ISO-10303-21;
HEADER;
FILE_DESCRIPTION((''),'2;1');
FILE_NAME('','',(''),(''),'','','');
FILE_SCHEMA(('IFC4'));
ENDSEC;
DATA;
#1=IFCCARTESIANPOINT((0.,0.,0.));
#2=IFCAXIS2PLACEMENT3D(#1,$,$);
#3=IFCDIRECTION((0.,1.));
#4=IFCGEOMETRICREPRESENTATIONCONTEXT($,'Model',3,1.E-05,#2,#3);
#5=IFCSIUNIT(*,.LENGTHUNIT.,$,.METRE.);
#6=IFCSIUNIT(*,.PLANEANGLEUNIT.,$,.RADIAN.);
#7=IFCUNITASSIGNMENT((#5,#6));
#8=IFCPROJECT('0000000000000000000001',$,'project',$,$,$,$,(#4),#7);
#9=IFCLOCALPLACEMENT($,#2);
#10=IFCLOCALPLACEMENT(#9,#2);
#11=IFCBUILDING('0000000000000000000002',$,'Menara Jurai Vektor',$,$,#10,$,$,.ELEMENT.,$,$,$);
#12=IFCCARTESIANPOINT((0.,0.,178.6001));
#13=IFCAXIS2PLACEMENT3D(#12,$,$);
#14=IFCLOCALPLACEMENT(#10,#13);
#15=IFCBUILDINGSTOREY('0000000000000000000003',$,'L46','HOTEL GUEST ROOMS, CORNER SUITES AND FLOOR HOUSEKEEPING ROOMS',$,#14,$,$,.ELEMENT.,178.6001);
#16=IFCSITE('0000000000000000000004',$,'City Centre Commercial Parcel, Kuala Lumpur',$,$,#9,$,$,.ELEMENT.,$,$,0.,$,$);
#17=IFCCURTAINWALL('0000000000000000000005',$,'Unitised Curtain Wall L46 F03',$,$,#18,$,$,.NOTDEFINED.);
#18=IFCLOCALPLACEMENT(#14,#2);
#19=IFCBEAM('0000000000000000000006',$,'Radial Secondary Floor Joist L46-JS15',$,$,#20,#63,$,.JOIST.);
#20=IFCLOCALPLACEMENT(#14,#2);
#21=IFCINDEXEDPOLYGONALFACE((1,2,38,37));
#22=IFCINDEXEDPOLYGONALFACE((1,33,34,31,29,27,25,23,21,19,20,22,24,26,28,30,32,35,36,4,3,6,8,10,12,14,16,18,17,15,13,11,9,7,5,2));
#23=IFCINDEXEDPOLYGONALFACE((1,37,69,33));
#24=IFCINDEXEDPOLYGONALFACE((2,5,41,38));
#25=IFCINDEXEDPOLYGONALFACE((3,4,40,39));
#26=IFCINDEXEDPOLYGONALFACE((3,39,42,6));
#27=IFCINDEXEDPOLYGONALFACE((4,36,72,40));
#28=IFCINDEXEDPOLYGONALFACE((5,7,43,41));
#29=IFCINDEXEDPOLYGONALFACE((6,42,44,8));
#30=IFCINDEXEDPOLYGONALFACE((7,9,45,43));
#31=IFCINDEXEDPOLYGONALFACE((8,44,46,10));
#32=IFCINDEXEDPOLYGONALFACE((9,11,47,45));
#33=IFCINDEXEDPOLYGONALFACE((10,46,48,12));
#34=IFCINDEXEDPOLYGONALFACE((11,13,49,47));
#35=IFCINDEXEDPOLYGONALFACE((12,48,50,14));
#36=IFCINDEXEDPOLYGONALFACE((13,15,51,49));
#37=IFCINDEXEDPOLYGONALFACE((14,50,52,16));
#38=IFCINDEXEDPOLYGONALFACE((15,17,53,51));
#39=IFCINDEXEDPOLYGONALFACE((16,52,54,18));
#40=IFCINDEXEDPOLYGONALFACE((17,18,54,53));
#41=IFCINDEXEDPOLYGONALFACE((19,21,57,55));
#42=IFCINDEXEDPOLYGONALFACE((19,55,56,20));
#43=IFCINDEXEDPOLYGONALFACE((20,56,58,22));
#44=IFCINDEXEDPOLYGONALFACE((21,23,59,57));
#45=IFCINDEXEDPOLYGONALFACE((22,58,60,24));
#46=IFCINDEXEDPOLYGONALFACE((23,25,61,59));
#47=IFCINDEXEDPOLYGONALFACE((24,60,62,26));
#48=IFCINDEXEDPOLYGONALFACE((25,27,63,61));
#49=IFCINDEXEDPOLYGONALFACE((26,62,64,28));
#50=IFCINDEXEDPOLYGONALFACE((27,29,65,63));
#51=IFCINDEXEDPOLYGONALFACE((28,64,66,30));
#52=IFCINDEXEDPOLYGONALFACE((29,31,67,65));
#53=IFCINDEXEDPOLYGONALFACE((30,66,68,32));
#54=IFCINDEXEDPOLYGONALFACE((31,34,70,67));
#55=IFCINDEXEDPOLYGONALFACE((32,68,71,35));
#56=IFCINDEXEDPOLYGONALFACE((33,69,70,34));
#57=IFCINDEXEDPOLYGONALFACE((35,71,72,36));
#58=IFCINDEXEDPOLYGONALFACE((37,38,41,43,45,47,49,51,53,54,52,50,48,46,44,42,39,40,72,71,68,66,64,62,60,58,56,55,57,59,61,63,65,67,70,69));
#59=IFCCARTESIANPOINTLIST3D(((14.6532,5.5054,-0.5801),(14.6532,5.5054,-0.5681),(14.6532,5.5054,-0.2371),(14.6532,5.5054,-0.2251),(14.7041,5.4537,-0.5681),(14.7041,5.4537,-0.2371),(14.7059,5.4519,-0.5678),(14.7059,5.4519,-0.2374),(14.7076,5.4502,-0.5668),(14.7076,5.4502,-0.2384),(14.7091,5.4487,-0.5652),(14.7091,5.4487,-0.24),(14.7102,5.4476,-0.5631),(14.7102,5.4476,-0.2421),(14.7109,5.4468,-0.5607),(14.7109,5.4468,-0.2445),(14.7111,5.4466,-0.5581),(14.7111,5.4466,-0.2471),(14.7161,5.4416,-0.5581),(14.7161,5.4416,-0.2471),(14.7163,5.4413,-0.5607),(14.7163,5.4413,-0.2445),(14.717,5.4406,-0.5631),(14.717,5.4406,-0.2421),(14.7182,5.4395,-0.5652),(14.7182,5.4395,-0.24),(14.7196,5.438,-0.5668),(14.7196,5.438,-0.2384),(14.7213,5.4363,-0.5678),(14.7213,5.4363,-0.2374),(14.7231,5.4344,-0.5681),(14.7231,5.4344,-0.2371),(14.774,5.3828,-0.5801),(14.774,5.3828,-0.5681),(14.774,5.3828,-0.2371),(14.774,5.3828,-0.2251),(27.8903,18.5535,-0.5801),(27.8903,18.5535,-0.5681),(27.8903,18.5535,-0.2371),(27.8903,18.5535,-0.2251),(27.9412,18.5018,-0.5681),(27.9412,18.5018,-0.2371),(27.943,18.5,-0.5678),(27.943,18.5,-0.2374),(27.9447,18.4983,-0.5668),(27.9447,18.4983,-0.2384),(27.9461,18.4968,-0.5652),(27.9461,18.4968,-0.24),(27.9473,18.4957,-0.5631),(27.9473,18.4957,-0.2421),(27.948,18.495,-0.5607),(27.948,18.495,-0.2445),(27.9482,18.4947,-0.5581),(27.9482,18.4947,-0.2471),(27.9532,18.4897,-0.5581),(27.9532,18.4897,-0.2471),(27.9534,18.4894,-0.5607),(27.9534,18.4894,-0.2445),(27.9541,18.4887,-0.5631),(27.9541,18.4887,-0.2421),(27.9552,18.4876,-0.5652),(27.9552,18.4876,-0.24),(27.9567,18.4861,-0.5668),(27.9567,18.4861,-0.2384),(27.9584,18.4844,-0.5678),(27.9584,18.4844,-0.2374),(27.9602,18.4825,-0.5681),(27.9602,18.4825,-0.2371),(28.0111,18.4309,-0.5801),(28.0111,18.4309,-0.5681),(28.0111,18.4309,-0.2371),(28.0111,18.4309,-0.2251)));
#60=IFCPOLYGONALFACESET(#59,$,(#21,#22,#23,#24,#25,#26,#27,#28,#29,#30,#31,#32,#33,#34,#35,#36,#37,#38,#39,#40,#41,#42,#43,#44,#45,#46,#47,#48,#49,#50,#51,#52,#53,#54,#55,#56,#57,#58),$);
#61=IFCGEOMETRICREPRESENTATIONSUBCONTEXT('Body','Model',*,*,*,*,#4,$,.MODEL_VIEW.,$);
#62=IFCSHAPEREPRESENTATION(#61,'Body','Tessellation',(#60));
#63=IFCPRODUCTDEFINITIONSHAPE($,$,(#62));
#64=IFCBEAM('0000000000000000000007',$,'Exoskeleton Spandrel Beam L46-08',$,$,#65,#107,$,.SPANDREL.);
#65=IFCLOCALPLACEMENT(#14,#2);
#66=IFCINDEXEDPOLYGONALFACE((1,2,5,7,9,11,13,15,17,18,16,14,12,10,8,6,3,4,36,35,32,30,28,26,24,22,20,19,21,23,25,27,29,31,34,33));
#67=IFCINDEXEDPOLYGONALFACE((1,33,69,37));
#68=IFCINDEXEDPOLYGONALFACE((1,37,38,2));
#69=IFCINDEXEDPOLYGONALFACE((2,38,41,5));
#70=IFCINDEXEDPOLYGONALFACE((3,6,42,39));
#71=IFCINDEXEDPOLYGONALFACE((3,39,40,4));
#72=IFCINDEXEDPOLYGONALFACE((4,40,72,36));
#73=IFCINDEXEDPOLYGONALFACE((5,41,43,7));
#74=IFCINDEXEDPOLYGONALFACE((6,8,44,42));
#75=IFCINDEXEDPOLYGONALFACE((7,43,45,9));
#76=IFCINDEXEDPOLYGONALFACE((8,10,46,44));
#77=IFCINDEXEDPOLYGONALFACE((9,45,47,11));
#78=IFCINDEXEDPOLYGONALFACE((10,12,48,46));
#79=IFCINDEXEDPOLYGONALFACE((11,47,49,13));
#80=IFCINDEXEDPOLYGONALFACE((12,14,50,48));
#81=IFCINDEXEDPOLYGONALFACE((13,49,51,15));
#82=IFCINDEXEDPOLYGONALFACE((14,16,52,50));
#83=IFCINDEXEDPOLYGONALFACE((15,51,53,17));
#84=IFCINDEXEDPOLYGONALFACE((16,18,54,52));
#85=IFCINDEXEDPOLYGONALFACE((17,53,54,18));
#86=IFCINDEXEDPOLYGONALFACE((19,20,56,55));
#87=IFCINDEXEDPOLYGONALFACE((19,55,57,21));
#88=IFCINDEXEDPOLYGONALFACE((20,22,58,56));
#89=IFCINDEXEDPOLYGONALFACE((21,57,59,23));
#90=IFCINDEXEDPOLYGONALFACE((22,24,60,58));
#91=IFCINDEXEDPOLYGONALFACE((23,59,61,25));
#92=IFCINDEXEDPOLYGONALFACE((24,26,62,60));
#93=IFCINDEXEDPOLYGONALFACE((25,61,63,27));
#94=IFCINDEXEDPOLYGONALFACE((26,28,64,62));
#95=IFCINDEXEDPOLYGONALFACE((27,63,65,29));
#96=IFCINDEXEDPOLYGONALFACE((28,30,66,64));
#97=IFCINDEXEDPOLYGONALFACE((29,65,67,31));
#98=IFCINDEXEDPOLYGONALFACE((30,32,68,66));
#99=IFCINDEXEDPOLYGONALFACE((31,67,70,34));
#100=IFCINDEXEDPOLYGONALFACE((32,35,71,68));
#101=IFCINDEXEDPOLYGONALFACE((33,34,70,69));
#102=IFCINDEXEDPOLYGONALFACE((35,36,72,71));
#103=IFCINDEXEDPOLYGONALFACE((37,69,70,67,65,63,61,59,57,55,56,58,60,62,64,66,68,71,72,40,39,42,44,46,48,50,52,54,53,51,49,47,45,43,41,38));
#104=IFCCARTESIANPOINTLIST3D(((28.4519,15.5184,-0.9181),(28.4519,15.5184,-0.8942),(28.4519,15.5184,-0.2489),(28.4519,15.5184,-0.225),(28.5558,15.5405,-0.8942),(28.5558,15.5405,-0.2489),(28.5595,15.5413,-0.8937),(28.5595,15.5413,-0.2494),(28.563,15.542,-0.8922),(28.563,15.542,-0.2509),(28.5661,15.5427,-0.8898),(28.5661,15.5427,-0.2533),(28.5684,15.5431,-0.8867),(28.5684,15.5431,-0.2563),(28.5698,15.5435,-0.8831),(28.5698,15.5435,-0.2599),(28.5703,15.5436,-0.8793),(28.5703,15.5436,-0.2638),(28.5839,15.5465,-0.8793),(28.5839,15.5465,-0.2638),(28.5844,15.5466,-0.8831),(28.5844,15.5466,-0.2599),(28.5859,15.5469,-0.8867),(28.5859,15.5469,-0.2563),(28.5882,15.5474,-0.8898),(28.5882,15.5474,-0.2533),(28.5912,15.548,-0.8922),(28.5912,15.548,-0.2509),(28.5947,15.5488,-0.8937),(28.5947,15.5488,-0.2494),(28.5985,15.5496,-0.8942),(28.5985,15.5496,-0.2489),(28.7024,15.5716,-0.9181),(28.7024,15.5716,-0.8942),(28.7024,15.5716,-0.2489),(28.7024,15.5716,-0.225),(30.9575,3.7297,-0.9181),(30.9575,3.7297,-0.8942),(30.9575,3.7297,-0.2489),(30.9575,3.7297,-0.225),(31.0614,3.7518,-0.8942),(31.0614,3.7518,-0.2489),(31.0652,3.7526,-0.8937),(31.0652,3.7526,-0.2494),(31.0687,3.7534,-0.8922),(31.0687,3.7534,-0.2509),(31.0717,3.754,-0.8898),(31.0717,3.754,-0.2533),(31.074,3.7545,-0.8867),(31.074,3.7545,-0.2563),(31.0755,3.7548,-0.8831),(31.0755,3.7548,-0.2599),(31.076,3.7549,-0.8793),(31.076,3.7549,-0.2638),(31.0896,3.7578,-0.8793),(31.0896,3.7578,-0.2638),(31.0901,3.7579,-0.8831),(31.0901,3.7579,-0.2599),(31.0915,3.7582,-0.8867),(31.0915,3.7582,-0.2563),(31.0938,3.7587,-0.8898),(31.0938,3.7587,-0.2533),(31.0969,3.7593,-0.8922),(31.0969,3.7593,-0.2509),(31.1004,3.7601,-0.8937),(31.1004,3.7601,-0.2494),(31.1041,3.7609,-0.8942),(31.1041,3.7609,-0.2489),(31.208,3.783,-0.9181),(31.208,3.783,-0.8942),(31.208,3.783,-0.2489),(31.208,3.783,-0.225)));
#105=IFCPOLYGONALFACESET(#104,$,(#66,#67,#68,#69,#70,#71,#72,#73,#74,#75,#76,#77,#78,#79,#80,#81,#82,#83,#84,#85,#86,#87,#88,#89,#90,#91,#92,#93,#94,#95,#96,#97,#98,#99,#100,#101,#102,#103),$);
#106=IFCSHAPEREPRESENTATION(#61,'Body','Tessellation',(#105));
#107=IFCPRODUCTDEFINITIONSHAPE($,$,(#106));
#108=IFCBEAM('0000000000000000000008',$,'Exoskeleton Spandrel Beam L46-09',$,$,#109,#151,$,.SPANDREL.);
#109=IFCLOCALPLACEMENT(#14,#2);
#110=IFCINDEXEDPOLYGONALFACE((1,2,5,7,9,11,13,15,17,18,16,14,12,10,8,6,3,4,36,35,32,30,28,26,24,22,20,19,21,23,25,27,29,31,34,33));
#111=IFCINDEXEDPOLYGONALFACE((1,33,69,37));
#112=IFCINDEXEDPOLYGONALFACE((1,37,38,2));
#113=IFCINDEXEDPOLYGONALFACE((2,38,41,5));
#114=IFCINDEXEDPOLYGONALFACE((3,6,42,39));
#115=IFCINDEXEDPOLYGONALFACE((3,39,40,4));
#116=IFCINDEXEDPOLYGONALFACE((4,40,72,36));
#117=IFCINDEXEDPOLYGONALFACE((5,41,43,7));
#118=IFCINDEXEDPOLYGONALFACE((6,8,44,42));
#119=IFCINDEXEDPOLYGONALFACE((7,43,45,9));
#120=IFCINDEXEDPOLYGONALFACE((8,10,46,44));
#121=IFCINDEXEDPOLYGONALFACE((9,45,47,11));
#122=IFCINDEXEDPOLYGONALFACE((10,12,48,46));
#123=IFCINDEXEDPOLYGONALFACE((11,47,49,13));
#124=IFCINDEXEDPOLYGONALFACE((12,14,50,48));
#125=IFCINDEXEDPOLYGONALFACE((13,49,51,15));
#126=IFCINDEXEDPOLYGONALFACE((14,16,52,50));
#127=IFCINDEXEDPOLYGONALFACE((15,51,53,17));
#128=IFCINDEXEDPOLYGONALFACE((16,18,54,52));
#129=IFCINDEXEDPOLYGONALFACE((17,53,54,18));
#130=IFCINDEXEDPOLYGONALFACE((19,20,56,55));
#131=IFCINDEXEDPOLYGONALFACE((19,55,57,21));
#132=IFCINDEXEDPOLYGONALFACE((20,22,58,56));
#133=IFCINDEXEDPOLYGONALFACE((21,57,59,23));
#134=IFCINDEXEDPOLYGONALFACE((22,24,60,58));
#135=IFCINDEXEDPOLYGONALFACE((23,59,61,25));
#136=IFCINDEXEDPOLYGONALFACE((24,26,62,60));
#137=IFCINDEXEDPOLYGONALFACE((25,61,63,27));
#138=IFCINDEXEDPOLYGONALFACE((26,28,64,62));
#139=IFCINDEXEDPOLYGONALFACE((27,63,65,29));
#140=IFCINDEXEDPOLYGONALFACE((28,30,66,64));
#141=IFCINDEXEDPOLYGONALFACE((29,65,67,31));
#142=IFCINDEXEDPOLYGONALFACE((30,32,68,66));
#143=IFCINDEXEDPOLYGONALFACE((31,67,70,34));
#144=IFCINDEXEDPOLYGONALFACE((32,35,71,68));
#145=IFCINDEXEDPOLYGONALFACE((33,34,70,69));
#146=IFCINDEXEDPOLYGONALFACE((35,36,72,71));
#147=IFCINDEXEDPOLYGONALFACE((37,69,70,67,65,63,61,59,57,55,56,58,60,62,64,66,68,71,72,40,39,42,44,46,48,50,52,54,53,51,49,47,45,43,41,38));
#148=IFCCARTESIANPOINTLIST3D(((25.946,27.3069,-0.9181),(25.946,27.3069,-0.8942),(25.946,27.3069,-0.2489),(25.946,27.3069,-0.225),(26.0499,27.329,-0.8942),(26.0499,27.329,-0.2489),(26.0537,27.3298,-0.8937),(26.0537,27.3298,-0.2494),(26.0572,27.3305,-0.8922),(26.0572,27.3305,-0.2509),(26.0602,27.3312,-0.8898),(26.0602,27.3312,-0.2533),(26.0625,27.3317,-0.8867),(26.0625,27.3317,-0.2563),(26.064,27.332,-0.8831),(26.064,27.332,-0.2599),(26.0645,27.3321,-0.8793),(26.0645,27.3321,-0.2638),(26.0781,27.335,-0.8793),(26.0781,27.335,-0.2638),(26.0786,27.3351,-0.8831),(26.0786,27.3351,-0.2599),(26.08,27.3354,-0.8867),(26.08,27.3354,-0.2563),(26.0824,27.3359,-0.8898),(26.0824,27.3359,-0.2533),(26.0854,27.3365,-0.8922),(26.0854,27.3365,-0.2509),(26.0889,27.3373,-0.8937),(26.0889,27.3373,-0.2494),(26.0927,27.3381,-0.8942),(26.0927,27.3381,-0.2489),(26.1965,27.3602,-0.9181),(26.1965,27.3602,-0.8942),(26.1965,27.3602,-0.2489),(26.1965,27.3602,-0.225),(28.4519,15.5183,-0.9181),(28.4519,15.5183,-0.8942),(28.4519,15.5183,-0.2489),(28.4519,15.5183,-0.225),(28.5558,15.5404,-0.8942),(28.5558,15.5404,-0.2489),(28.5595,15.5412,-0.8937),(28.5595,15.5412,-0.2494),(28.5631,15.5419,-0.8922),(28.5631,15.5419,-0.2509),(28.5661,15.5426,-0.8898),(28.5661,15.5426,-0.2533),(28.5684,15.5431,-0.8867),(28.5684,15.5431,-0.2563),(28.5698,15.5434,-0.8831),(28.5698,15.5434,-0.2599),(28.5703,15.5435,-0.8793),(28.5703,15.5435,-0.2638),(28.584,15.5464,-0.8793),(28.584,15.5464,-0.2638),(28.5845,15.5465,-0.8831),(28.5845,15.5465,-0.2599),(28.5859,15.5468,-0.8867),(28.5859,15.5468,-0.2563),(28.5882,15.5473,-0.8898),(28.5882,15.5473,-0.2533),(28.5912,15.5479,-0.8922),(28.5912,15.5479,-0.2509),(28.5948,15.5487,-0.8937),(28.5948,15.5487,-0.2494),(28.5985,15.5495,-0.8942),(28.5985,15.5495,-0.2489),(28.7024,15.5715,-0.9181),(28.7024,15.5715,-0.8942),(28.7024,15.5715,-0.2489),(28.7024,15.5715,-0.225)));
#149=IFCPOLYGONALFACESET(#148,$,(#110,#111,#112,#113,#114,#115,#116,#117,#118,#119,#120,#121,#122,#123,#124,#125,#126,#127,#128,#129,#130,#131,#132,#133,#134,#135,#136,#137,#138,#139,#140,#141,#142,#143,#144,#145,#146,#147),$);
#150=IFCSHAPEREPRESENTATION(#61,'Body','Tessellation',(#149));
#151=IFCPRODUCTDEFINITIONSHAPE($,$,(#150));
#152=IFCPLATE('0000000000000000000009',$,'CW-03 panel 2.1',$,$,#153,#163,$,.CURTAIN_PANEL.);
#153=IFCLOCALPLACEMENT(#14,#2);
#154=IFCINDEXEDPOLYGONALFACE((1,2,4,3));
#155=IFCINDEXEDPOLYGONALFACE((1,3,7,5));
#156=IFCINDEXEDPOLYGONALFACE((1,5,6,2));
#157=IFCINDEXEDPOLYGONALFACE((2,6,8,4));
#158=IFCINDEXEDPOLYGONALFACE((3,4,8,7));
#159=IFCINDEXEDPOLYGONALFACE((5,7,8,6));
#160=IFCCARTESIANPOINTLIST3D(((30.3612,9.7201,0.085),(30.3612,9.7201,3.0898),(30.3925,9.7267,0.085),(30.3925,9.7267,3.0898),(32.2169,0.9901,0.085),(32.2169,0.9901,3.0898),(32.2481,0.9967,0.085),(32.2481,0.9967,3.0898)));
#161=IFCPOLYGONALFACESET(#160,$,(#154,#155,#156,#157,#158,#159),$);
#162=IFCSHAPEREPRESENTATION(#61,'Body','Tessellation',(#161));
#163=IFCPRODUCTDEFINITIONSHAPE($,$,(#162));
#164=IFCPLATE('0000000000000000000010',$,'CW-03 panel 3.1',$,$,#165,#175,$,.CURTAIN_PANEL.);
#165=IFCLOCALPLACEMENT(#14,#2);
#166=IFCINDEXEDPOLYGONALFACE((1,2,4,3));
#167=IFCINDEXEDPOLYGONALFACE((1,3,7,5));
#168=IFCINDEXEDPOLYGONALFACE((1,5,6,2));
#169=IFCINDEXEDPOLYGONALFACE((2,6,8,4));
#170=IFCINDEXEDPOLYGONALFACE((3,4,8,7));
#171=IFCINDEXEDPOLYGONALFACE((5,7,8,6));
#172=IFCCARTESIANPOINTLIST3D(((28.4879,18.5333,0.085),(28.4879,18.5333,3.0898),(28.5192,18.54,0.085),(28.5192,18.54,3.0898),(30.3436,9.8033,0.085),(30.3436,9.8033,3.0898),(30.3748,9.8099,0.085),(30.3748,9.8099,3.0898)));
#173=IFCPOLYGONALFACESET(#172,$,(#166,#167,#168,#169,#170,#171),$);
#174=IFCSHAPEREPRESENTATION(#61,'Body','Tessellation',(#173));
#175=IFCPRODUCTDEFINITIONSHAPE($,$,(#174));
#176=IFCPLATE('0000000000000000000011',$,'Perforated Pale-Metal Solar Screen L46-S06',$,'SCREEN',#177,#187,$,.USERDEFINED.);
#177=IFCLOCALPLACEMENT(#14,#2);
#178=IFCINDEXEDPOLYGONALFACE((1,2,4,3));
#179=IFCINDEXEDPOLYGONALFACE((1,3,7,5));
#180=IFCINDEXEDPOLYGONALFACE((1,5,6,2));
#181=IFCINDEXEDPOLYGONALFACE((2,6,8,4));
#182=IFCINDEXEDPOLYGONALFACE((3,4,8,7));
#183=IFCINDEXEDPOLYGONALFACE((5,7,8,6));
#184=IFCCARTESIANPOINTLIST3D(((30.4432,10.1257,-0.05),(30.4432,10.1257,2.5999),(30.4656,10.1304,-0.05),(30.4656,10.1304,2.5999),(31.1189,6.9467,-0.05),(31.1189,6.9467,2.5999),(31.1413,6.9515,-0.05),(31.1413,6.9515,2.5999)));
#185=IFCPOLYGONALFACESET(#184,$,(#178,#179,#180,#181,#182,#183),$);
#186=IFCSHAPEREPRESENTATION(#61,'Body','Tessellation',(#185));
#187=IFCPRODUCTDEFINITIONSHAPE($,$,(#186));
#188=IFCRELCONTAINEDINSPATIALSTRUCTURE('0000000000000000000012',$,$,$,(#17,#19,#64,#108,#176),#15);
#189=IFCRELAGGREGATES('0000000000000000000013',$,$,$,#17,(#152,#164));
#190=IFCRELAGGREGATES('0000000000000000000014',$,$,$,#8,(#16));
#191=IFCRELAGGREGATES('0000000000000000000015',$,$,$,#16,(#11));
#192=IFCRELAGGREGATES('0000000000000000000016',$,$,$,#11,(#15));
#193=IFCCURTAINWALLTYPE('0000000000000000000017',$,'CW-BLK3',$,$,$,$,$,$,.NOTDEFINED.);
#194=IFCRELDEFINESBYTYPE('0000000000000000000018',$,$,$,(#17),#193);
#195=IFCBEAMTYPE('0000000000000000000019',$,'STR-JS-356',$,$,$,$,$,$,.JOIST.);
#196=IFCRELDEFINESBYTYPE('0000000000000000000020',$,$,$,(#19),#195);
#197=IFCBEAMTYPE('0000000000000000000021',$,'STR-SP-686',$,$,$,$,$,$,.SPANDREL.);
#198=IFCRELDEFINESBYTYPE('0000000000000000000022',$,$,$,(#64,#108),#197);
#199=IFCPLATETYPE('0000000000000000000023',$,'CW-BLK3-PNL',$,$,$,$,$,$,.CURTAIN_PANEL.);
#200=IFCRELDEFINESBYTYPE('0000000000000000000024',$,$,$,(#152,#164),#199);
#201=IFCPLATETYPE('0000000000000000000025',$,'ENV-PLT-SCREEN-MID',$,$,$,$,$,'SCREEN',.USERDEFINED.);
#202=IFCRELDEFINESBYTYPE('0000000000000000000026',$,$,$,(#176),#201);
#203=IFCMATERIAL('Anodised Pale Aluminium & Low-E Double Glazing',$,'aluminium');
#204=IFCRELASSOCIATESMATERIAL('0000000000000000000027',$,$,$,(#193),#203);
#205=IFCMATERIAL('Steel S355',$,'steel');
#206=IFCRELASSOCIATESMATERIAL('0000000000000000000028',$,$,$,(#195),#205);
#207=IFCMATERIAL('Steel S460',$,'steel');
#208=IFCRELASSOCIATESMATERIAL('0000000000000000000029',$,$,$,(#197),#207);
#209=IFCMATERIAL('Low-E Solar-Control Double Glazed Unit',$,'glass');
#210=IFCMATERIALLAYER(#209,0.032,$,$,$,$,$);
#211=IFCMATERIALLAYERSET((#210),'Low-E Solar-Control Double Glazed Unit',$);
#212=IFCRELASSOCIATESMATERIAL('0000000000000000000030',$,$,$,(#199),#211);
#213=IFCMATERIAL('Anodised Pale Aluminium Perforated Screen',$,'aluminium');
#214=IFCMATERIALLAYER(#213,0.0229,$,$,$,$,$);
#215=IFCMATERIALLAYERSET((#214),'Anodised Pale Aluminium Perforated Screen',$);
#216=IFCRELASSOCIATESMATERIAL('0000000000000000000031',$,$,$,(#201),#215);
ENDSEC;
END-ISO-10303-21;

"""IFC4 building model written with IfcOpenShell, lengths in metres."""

from ifc_helpers import new_model, si_unit, direction, frame, origin, origin_2d, place, context, subcontext, project, spatial, rectangle, i_section, extrude, material, layer, layer_set, material_profile, profile_set, type_object, element, aggregate, save


model = new_model("IFC4")

# Units and contexts
model_context = context("Model", 3, precision=1e-05, world=origin(), true_north=direction((0.0, 1.0)))
body_context = subcontext(model_context, "Body", "Model", "MODEL_VIEW")
ifc_project = project(units=[si_unit("LENGTHUNIT", "METRE"), si_unit("PLANEANGLEUNIT", "RADIAN")], contexts=[model_context])

# Site, building, storey
site_placement = place(None, origin())
site = spatial("IfcSite", under=ifc_project, at=site_placement, Name="City Centre Commercial Parcel, Kuala Lumpur", CompositionType="ELEMENT", RefElevation=0.0)
building_placement = place(site_placement, origin())
building = spatial("IfcBuilding", under=site, at=building_placement, Name="Menara Jurai Vektor", CompositionType="ELEMENT")
storey_placement = place(building_placement, frame((0.0, 0.0, 178.6001)))
storey = spatial("IfcBuildingStorey", under=building, at=storey_placement, Name="L46", Description="HOTEL GUEST ROOMS, CORNER SUITES AND FLOOR HOUSEKEEPING ROOMS", CompositionType="ELEMENT", Elevation=178.6001)

# Shared definitions
ifc_material_1 = material(Name="Steel S460", Category="steel")

# Curtain wall
ifc_material_2 = material(Name="Anodised Pale Aluminium & Low-E Double Glazing", Category="aluminium")
curtain_wall_type = type_object("IfcCurtainWallType", Name="CW-BLK3", PredefinedType="NOTDEFINED", material=ifc_material_2)
curtain_wall_placement = place(storey_placement, origin())
curtain_wall = element("IfcCurtainWall", 1, at=curtain_wall_placement, inside=storey, type_object=curtain_wall_type, Name="Unitised Curtain Wall L46 F03", PredefinedType="NOTDEFINED")

# Beams
ifc_material_3 = material(Name="Steel S355", Category="steel")
ifc_material_profile_1 = material_profile(ifc_material_3, i_section(OverallWidth=0.1721, OverallDepth=0.355, WebThickness=0.0071, FlangeThickness=0.012, FilletRadius=0.01, at=origin_2d()), Name="UKB 356x171x51")
ifc_profile_set_1 = profile_set([ifc_material_profile_1], Name="Steel S355")
beam_type_1 = type_object("IfcBeamType", Name="STR-JS-356", PredefinedType="JOIST", material=ifc_profile_set_1)
beam_1_placement = place(storey_placement, frame((27.9507, 18.4922, -0.4026), z_axis=(-0.712172, -0.702005, 0.0), x_axis=(0.702005, -0.712172, 0.0)))
element("IfcBeam", 2, at=beam_1_placement, inside=storey, type_object=beam_type_1, Name="Radial Secondary Floor Joist L46-JS15", PredefinedType="JOIST", context=body_context, shape_type="SweptSolid", body=[
    extrude(i_section(OverallWidth=0.1721, OverallDepth=0.355, WebThickness=0.0071, FlangeThickness=0.012, FilletRadius=0.01, at=origin_2d()), origin(), (0.0, 0.0, 1.0), 18.5869),
])
ifc_material_profile_2 = material_profile(ifc_material_1, i_section(OverallWidth=0.2561, OverallDepth=0.6931, WebThickness=0.0139, FlangeThickness=0.0239, FilletRadius=0.0149, at=origin_2d()), Name="UKB 686x254x170")
ifc_profile_set_2 = profile_set([ifc_material_profile_2], Name="Steel S460")
beam_type_2 = type_object("IfcBeamType", Name="STR-SP-686", PredefinedType="SPANDREL", material=ifc_profile_set_2)
for number, where, z_axis, x_axis, name in (
    (3, (31.0828, 3.7563, -0.5715), (-0.207902, 0.97815, 0.0), (-0.97815, -0.207902, 0.0), "Exoskeleton Spandrel Beam L46-08"),
    (4, (28.5771, 15.5449, -0.5715), (-0.207921, 0.978146, 0.0), (-0.978146, -0.207921, 0.0), "Exoskeleton Spandrel Beam L46-09"),
):
    element("IfcBeam", number, at=place(storey_placement, frame(where, z_axis=z_axis, x_axis=x_axis)), inside=storey, type_object=beam_type_2, Name=name, PredefinedType="SPANDREL", context=body_context, shape_type="SweptSolid", body=[
        extrude(i_section(OverallWidth=0.2561, OverallDepth=0.6931, WebThickness=0.0139, FlangeThickness=0.0239, FilletRadius=0.0149, at=origin_2d()), origin(), (0.0, 0.0, 1.0), 12.052),
    ])

# Plates
ifc_material_4 = material(Name="Low-E Solar-Control Double Glazed Unit", Category="glass")
ifc_layer_1 = layer(ifc_material_4, 0.032)
ifc_layer_set_1 = layer_set([ifc_layer_1], Name="Low-E Solar-Control Double Glazed Unit")
plate_type_1 = type_object("IfcPlateType", Name="CW-BLK3-PNL", PredefinedType="CURTAIN_PANEL", material=ifc_layer_set_1)
plate_1_placement = place(storey_placement, frame((31.3047, 5.3584, 0.085), z_axis=(0.0, 0.0, 1.0), x_axis=(-0.20791, 0.978148, 0.0)))
plate_1 = element("IfcPlate", 5, at=plate_1_placement, type_object=plate_type_1, Name="CW-03 panel 2.1", PredefinedType="CURTAIN_PANEL", context=body_context, shape_type="SweptSolid", body=[
    extrude(rectangle(XDim=8.925, YDim=0.032, at=origin_2d()), origin(), (0.0, 0.0, 1.0), 3.0049),
])
plate_2_placement = place(storey_placement, frame((29.4314, 14.1716, 0.085), z_axis=(0.0, 0.0, 1.0), x_axis=(-0.20791, 0.978148, 0.0)))
plate_2 = element("IfcPlate", 6, at=plate_2_placement, type_object=plate_type_1, Name="CW-03 panel 3.1", PredefinedType="CURTAIN_PANEL", context=body_context, shape_type="SweptSolid", body=[
    extrude(rectangle(XDim=8.925, YDim=0.032, at=origin_2d()), origin(), (0.0, 0.0, 1.0), 3.0049),
])
aggregate(curtain_wall, [plate_1, plate_2])
ifc_material_5 = material(Name="Anodised Pale Aluminium Perforated Screen", Category="aluminium")
ifc_layer_2 = layer(ifc_material_5, 0.0229)
ifc_layer_set_2 = layer_set([ifc_layer_2], Name="Anodised Pale Aluminium Perforated Screen")
plate_type_2 = type_object("IfcPlateType", Name="ENV-PLT-SCREEN-MID", ElementType="SCREEN", PredefinedType="USERDEFINED", material=ifc_layer_set_2)
plate_3_placement = place(storey_placement, frame((30.7922, 8.5386, -0.05), z_axis=(0.0, 0.0, 1.0), x_axis=(-0.207912, 0.978148, 0.0)))
element("IfcPlate", 7, at=plate_3_placement, inside=storey, type_object=plate_type_2, Name="Perforated Pale-Metal Solar Screen L46-S06", ObjectType="SCREEN", PredefinedType="USERDEFINED", context=body_context, shape_type="SweptSolid", body=[
    extrude(rectangle(XDim=3.25, YDim=0.0229, at=origin_2d()), origin(), (0.0, 0.0, 1.0), 2.6499),
])

save(model, "model.ifc")
